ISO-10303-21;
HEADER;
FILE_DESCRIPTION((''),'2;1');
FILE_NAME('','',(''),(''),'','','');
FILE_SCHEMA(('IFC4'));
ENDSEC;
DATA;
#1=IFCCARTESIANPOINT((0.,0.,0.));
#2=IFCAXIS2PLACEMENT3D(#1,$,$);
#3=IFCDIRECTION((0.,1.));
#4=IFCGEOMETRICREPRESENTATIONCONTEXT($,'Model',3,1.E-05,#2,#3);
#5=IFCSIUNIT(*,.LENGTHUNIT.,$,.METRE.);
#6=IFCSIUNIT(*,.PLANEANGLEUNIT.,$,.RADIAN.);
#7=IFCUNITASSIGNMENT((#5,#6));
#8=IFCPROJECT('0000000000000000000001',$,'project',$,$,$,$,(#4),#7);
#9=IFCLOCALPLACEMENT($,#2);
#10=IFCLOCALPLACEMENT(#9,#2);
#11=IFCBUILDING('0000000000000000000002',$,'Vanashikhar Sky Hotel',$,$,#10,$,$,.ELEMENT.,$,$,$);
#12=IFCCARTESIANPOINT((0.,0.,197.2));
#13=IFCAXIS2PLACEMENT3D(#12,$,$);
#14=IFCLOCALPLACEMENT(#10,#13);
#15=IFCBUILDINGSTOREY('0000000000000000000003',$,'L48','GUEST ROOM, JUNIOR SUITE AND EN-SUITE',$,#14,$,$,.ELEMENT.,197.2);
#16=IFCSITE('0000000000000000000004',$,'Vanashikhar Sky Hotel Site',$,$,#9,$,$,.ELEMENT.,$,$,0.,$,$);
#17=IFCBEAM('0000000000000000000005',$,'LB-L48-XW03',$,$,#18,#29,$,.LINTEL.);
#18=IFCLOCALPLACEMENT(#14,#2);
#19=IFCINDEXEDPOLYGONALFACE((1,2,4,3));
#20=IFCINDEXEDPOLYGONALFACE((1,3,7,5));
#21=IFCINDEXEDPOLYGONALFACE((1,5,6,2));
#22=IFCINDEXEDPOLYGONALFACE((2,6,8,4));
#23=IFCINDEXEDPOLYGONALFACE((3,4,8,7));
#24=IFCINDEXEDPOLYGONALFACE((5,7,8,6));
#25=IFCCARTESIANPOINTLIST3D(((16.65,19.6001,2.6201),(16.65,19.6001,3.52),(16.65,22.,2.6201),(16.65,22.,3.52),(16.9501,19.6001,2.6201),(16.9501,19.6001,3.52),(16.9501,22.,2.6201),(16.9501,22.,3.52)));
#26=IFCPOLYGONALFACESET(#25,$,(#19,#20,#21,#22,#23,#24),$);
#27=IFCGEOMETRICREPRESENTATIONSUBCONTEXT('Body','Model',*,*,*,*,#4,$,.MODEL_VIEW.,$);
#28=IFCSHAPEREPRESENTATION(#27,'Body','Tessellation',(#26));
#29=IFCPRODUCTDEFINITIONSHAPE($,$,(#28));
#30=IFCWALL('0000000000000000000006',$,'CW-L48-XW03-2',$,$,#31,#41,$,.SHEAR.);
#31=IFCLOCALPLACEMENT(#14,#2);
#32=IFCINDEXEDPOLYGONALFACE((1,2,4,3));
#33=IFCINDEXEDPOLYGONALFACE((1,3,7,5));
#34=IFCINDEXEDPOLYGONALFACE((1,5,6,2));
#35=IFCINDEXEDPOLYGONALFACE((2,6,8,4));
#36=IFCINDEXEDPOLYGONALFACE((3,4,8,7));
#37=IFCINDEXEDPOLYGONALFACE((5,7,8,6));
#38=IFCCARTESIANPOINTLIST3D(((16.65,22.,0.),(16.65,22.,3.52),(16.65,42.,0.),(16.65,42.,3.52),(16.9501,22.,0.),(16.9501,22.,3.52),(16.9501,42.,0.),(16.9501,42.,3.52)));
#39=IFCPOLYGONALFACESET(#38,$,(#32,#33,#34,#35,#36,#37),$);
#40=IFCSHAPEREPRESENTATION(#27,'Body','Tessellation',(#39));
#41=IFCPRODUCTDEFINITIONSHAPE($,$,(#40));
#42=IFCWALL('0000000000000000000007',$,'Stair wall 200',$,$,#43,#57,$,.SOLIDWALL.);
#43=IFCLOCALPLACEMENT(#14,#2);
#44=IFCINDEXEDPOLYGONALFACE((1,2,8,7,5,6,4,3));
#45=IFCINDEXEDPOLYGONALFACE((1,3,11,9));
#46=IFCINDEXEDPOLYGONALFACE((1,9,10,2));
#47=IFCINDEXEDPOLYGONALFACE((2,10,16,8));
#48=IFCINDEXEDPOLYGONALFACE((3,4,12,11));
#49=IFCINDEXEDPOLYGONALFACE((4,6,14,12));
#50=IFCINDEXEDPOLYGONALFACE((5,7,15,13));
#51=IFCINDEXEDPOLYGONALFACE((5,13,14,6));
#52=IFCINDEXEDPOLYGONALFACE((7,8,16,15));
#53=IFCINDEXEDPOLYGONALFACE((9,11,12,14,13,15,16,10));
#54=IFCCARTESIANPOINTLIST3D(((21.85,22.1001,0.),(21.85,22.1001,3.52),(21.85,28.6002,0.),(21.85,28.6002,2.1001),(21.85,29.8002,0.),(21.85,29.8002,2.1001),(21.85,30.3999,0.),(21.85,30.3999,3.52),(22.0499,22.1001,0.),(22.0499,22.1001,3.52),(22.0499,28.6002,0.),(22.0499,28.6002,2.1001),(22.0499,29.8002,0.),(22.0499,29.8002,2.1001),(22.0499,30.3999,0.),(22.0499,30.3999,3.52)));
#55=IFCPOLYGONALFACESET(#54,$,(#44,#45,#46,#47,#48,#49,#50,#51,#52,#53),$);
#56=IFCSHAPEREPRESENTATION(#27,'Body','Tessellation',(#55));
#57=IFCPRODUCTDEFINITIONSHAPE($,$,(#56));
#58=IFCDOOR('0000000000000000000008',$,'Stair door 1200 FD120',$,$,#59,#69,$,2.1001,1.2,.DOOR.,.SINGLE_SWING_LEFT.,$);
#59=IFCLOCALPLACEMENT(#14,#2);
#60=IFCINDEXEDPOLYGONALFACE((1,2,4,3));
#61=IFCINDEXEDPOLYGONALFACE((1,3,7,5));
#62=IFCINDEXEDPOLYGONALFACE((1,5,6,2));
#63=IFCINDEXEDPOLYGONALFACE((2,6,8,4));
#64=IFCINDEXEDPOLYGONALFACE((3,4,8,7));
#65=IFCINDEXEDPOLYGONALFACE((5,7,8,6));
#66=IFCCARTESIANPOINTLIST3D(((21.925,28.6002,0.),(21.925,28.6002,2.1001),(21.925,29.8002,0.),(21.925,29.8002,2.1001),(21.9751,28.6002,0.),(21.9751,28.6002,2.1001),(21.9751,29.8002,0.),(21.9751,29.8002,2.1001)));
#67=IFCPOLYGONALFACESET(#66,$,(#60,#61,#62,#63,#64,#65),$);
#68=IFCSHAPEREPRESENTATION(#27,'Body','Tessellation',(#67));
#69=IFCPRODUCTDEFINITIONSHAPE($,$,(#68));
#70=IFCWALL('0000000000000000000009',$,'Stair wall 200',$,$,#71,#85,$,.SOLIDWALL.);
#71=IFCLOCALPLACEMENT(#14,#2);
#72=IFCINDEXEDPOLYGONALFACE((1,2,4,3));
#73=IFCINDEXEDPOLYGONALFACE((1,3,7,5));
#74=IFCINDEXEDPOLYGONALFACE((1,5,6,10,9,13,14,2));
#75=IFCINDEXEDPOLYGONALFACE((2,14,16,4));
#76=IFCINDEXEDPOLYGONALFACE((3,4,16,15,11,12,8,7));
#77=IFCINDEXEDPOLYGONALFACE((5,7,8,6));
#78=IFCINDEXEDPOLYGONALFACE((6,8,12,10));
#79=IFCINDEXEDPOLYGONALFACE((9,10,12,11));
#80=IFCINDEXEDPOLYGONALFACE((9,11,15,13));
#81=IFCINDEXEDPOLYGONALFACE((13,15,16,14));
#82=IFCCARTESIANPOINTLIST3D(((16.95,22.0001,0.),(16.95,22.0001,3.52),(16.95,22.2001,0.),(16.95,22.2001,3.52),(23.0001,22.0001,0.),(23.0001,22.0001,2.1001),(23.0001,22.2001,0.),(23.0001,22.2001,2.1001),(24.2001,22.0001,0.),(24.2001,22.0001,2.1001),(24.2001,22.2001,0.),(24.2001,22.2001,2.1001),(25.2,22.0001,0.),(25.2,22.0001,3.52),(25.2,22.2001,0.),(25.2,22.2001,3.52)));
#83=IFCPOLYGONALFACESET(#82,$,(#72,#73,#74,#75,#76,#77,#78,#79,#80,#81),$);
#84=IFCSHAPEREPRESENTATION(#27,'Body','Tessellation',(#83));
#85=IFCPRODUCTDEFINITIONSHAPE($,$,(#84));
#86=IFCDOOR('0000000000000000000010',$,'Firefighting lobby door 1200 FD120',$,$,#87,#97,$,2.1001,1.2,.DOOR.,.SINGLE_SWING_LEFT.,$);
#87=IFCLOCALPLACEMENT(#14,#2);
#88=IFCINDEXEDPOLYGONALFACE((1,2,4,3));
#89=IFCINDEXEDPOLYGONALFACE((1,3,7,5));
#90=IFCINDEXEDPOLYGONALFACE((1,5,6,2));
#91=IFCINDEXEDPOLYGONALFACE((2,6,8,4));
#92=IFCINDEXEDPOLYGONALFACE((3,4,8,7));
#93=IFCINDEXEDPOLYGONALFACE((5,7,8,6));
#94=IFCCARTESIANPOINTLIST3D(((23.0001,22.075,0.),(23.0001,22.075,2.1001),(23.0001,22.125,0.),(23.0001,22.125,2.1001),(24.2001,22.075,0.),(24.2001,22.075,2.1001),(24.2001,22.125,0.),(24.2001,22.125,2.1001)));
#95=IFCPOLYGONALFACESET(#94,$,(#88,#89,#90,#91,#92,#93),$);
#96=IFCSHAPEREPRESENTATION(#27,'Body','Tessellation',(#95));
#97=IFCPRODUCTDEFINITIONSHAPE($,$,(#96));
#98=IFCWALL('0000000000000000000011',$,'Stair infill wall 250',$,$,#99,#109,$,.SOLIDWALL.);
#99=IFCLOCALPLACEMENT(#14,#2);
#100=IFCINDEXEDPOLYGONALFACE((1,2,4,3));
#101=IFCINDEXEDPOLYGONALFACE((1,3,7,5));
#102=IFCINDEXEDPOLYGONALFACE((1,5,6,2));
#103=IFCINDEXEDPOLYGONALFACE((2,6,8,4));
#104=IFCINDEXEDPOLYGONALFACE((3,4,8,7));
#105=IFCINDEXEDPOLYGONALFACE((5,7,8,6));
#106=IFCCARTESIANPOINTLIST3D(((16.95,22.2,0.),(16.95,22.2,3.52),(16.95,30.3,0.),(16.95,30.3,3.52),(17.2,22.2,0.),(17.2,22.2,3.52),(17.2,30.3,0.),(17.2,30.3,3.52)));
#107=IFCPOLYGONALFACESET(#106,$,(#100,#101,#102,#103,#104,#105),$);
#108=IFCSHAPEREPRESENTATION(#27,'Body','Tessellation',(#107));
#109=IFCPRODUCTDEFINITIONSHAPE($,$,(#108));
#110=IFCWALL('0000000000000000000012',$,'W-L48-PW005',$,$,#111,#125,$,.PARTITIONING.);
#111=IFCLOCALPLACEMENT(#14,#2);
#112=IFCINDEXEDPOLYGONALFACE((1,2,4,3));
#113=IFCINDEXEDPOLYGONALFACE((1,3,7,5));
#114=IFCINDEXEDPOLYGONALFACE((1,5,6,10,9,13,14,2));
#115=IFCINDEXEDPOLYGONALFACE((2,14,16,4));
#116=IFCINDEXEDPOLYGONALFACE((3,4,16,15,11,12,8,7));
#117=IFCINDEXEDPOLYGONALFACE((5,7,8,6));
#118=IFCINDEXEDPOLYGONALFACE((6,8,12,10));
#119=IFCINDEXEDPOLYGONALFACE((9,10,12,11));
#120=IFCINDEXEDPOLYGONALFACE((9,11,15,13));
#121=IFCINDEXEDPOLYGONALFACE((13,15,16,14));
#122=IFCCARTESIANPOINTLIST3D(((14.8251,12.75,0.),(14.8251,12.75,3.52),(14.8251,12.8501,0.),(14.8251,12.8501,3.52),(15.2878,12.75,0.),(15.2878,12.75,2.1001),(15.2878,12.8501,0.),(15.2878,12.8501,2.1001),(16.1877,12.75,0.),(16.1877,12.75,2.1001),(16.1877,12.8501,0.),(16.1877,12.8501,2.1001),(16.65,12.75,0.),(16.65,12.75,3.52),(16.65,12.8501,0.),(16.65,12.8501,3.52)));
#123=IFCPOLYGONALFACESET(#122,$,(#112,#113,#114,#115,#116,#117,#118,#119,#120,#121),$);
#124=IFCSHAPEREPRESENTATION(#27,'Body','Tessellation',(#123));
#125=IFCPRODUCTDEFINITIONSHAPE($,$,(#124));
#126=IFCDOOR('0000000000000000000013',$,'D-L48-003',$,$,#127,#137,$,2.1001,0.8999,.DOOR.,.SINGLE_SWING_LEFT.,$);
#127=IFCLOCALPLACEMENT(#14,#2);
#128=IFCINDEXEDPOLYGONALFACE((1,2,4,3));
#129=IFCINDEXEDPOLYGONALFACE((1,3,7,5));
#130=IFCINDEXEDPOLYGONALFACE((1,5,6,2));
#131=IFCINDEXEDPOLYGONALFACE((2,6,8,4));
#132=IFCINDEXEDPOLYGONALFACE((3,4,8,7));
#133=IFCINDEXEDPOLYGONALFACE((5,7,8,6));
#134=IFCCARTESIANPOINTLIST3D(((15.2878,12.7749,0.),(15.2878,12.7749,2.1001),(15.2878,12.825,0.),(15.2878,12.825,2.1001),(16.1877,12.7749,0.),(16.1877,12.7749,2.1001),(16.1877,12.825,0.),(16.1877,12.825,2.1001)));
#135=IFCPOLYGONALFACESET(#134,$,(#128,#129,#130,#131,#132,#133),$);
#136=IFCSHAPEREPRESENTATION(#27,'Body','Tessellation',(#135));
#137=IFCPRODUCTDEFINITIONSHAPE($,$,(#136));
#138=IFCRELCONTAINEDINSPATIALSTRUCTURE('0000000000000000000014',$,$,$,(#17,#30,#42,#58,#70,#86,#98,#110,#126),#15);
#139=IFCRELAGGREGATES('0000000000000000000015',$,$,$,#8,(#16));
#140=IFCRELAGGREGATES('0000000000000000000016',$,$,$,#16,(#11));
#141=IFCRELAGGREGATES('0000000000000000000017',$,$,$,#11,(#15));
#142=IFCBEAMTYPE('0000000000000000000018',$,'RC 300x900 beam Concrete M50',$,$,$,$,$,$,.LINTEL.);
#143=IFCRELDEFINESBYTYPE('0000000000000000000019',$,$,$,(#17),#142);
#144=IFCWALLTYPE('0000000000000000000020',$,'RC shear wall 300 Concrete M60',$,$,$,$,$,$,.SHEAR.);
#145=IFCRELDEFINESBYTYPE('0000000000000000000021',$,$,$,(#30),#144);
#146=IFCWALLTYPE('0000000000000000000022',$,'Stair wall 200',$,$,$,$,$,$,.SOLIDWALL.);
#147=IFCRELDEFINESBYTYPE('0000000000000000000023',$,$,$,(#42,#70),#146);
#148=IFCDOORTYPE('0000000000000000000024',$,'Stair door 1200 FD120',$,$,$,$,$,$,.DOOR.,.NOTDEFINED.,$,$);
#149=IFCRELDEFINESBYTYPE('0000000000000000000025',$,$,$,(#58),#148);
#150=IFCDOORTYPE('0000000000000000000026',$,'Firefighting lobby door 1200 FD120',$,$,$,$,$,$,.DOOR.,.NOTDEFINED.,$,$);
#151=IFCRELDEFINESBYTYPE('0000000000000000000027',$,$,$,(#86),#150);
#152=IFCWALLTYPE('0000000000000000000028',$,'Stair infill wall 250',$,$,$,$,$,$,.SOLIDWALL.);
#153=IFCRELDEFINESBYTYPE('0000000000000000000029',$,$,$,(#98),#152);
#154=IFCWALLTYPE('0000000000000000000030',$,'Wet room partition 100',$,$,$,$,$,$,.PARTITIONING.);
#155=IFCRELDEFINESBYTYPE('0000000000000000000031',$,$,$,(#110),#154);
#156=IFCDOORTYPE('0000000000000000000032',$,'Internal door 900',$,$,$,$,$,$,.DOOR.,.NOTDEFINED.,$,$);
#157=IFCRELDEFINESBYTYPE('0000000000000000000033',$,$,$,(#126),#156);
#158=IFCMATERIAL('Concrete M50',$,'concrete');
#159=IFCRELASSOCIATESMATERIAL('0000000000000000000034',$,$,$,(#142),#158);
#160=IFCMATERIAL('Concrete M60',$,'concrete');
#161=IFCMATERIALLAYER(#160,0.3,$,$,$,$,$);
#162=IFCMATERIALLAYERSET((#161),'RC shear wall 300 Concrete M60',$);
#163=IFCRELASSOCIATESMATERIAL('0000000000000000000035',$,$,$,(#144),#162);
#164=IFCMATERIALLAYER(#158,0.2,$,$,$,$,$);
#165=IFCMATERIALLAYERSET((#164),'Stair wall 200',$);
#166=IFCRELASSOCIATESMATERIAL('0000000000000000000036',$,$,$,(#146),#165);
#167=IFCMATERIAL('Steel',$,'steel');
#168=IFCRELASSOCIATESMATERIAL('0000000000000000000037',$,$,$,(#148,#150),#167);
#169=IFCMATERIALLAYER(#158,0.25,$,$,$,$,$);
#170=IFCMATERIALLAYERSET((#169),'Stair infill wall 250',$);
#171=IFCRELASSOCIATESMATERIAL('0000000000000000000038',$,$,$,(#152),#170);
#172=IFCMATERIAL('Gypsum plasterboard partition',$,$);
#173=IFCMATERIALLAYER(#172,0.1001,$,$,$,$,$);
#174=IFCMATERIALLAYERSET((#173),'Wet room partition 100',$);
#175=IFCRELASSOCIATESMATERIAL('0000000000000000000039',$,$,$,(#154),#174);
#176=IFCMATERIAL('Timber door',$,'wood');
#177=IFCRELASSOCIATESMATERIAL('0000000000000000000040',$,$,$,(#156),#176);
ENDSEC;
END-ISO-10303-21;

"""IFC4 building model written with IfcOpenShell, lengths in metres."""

from ifc_helpers import new_model, si_unit, direction, frame, frame_2d, origin, origin_2d, place, context, subcontext, project, spatial, rectangle, extrude, source, transform, mapped, material, layer, layer_set, material_profile, profile_set, type_object, element, fill, save


model = new_model("IFC4")

# Units and contexts
model_context = context("Model", 3, precision=1e-05, world=origin(), true_north=direction((0.0, 1.0)))
body_context = subcontext(model_context, "Body", "Model", "MODEL_VIEW")
ifc_project = project(units=[si_unit("LENGTHUNIT", "METRE"), si_unit("PLANEANGLEUNIT", "RADIAN")], contexts=[model_context])

# Site, building, storey
site_placement = place(None, origin())
site = spatial("IfcSite", under=ifc_project, at=site_placement, Name="Vanashikhar Sky Hotel Site", CompositionType="ELEMENT", RefElevation=0.0)
building_placement = place(site_placement, origin())
building = spatial("IfcBuilding", under=site, at=building_placement, Name="Vanashikhar Sky Hotel", CompositionType="ELEMENT")
storey_placement = place(building_placement, frame((0.0, 0.0, 197.2)))
storey = spatial("IfcBuildingStorey", under=building, at=storey_placement, Name="L48", Description="GUEST ROOM, JUNIOR SUITE AND EN-SUITE", CompositionType="ELEMENT", Elevation=197.2)

# Beam
ifc_material_1 = material(Name="Concrete M50", Category="concrete")
ifc_material_profile = material_profile(ifc_material_1, rectangle(XDim=0.3, YDim=0.8999, at=origin_2d()))
ifc_profile_set = profile_set([ifc_material_profile], Name="RC 300x900 beam Concrete M50")
beam_type = type_object("IfcBeamType", Name="RC 300x900 beam Concrete M50", PredefinedType="LINTEL", material=ifc_profile_set)
shared_shape_1 = source(origin(), body_context, "Body", "SweptSolid", [
    extrude(rectangle(XDim=0.3, YDim=0.8999, at=origin_2d()), origin(), (0.0, 0.0, 1.0), 2.3999),
])
beam_placement = place(storey_placement, frame((16.8, 19.6001, 3.0701), z_axis=(0.0, 1.0, 0.0), x_axis=(-1.0, 0.0, 0.0)))
element("IfcBeam", 1, at=beam_placement, inside=storey, type_object=beam_type, Name="LB-L48-XW03", PredefinedType="LINTEL", context=body_context, shape_type="MappedRepresentation", body=[
    mapped(shared_shape_1, transform((0.0, 0.0, 0.0), scale=1.0)),
])

# Wall
ifc_material_2 = material(Name="Concrete M60", Category="concrete")
ifc_layer_1 = layer(ifc_material_2, 0.3)
ifc_layer_set_1 = layer_set([ifc_layer_1], Name="RC shear wall 300 Concrete M60")
wall_type_1 = type_object("IfcWallType", Name="RC shear wall 300 Concrete M60", PredefinedType="SHEAR", material=ifc_layer_set_1)
shared_shape_2 = source(origin(), body_context, "Body", "SweptSolid", [
    extrude(rectangle(XDim=20.0, YDim=0.3, at=frame_2d((10.0, 0.0))), origin(), (0.0, 0.0, 1.0), 3.52),
])
wall_1_placement = place(storey_placement, frame((16.8, 22.0, 0.0), z_axis=(0.0, 0.0, 1.0), x_axis=(0.0, 1.0, 0.0)))
element("IfcWall", 2, at=wall_1_placement, inside=storey, type_object=wall_type_1, Name="CW-L48-XW03-2", PredefinedType="SHEAR", context=body_context, shape_type="MappedRepresentation", body=[
    mapped(shared_shape_2, transform((0.0, 0.0, 0.0), scale=1.0)),
])

# Walls, openings, doors
ifc_layer_2 = layer(ifc_material_1, 0.2)
ifc_layer_set_2 = layer_set([ifc_layer_2], Name="Stair wall 200")
wall_type_2 = type_object("IfcWallType", Name="Stair wall 200", PredefinedType="SOLIDWALL", material=ifc_layer_set_2)
shared_shape_3 = source(origin(), body_context, "Body", "SweptSolid", [
    extrude(rectangle(XDim=8.2998, YDim=0.2, at=frame_2d((4.1499, 0.0))), origin(), (0.0, 0.0, 1.0), 3.52),
])
wall_2_placement = place(storey_placement, frame((21.95, 22.1001, 0.0), z_axis=(0.0, 0.0, 1.0), x_axis=(0.0, 1.0, 0.0)))
wall_2 = element("IfcWall", 3, at=wall_2_placement, inside=storey, type_object=wall_type_2, Name="Stair wall 200", PredefinedType="SOLIDWALL", context=body_context, shape_type="MappedRepresentation", body=[
    mapped(shared_shape_3, transform((0.0, 0.0, 0.0), scale=1.0)),
])
shared_shape_4 = source(origin(), body_context, "Body", "SweptSolid", [
    extrude(rectangle(XDim=1.2, YDim=2.1001, at=frame_2d((0.6001, 1.05))), frame((0.0, 0.1099, 0.0), z_axis=(0.0, -1.0, 0.0), x_axis=(1.0, 0.0, 0.0)), (0.0, 0.0, 1.0), 0.22),
])
opening_1_placement = place(wall_2_placement, frame((6.5, 0.0, 0.0)))
opening_1 = element("IfcOpeningElement", 4, at=opening_1_placement, cuts=wall_2, PredefinedType="OPENING", context=body_context, shape_type="MappedRepresentation", body=[
    mapped(shared_shape_4, transform((0.0, 0.0, 0.0), scale=1.0)),
])
ifc_material_3 = material(Name="Steel", Category="steel")
door_type_1 = type_object("IfcDoorType", Name="Stair door 1200 FD120", OperationType="NOTDEFINED", PredefinedType="DOOR", material=ifc_material_3)
shared_shape_5 = source(origin(), body_context, "Body", "SweptSolid", [
    extrude(rectangle(XDim=1.2, YDim=2.1001, at=frame_2d((0.6001, 1.05))), frame((0.0, 0.0249, 0.0), z_axis=(0.0, -1.0, 0.0), x_axis=(1.0, 0.0, 0.0)), (0.0, 0.0, 1.0), 0.05),
])
door_1_placement = place(opening_1_placement, origin())
door_1 = element("IfcDoor", 5, at=door_1_placement, inside=storey, type_object=door_type_1, Name="Stair door 1200 FD120", OperationType="SINGLE_SWING_LEFT", OverallHeight=2.1001, OverallWidth=1.2, PredefinedType="DOOR", context=body_context, shape_type="MappedRepresentation", body=[
    mapped(shared_shape_5, transform((0.0, 0.0, 0.0), scale=1.0)),
])
fill(opening_1, door_1)
shared_shape_6 = source(origin(), body_context, "Body", "SweptSolid", [
    extrude(rectangle(XDim=8.25, YDim=0.2, at=frame_2d((4.125, 0.0))), origin(), (0.0, 0.0, 1.0), 3.52),
])
wall_3_placement = place(storey_placement, frame((16.95, 22.1001, 0.0), z_axis=(0.0, 0.0, 1.0), x_axis=(1.0, 0.0, 0.0)))
wall_3 = element("IfcWall", 6, at=wall_3_placement, inside=storey, type_object=wall_type_2, Name="Stair wall 200", PredefinedType="SOLIDWALL", context=body_context, shape_type="MappedRepresentation", body=[
    mapped(shared_shape_6, transform((0.0, 0.0, 0.0), scale=1.0)),
])
opening_2_placement = place(wall_3_placement, frame((6.05, 0.0, 0.0)))
opening_2 = element("IfcOpeningElement", 7, at=opening_2_placement, cuts=wall_3, PredefinedType="OPENING", context=body_context, shape_type="MappedRepresentation", body=[
    mapped(shared_shape_4, transform((0.0, 0.0, 0.0), scale=1.0)),
])
door_type_2 = type_object("IfcDoorType", Name="Firefighting lobby door 1200 FD120", OperationType="NOTDEFINED", PredefinedType="DOOR", material=ifc_material_3)
door_2_placement = place(opening_2_placement, origin())
door_2 = element("IfcDoor", 8, at=door_2_placement, inside=storey, type_object=door_type_2, Name="Firefighting lobby door 1200 FD120", OperationType="SINGLE_SWING_LEFT", OverallHeight=2.1001, OverallWidth=1.2, PredefinedType="DOOR", context=body_context, shape_type="MappedRepresentation", body=[
    mapped(shared_shape_5, transform((0.0, 0.0, 0.0), scale=1.0)),
])
fill(opening_2, door_2)

# Wall
ifc_layer_3 = layer(ifc_material_1, 0.25)
ifc_layer_set_3 = layer_set([ifc_layer_3], Name="Stair infill wall 250")
wall_type_3 = type_object("IfcWallType", Name="Stair infill wall 250", PredefinedType="SOLIDWALL", material=ifc_layer_set_3)
shared_shape_7 = source(origin(), body_context, "Body", "SweptSolid", [
    extrude(rectangle(XDim=8.1001, YDim=0.25, at=frame_2d((4.05, 0.0))), origin(), (0.0, 0.0, 1.0), 3.52),
])
wall_4_placement = place(storey_placement, frame((17.075, 22.2, 0.0), z_axis=(0.0, 0.0, 1.0), x_axis=(0.0, 1.0, 0.0)))
element("IfcWall", 9, at=wall_4_placement, inside=storey, type_object=wall_type_3, Name="Stair infill wall 250", PredefinedType="SOLIDWALL", context=body_context, shape_type="MappedRepresentation", body=[
    mapped(shared_shape_7, transform((0.0, 0.0, 0.0), scale=1.0)),
])

# Wall, opening, door
ifc_material_4 = material(Name="Gypsum plasterboard partition")
ifc_layer_4 = layer(ifc_material_4, 0.1001)
ifc_layer_set_4 = layer_set([ifc_layer_4], Name="Wet room partition 100")
wall_type_4 = type_object("IfcWallType", Name="Wet room partition 100", PredefinedType="PARTITIONING", material=ifc_layer_set_4)
shared_shape_8 = source(origin(), body_context, "Body", "SweptSolid", [
    extrude(rectangle(XDim=1.825, YDim=0.1001, at=frame_2d((0.9126, 0.0))), origin(), (0.0, 0.0, 1.0), 3.52),
])
wall_5_placement = place(storey_placement, frame((14.825, 12.8, 0.0), z_axis=(0.0, 0.0, 1.0), x_axis=(1.0, 0.0, 0.0)))
wall_5 = element("IfcWall", 10, at=wall_5_placement, inside=storey, type_object=wall_type_4, Name="W-L48-PW005", PredefinedType="PARTITIONING", context=body_context, shape_type="MappedRepresentation", body=[
    mapped(shared_shape_8, transform((0.0, 0.0, 0.0), scale=1.0)),
])
shared_shape_9 = source(origin(), body_context, "Body", "SweptSolid", [
    extrude(rectangle(XDim=0.8999, YDim=2.1001, at=frame_2d((0.45, 1.05))), frame((0.0, 0.0601, 0.0), z_axis=(0.0, -1.0, 0.0), x_axis=(1.0, 0.0, 0.0)), (0.0, 0.0, 1.0), 0.1201),
])
opening_3_placement = place(wall_5_placement, frame((0.4629, 0.0, 0.0)))
opening_3 = element("IfcOpeningElement", 11, at=opening_3_placement, cuts=wall_5, PredefinedType="OPENING", context=body_context, shape_type="MappedRepresentation", body=[
    mapped(shared_shape_9, transform((0.0, 0.0, 0.0), scale=1.0)),
])
ifc_material_5 = material(Name="Timber door", Category="wood")
door_type_3 = type_object("IfcDoorType", Name="Internal door 900", OperationType="NOTDEFINED", PredefinedType="DOOR", material=ifc_material_5)
shared_shape_10 = source(origin(), body_context, "Body", "SweptSolid", [
    extrude(rectangle(XDim=0.8999, YDim=2.1001, at=frame_2d((0.45, 1.05))), frame((0.0, 0.0249, 0.0), z_axis=(0.0, -1.0, 0.0), x_axis=(1.0, 0.0, 0.0)), (0.0, 0.0, 1.0), 0.05),
])
door_3_placement = place(opening_3_placement, origin())
door_3 = element("IfcDoor", 12, at=door_3_placement, inside=storey, type_object=door_type_3, Name="D-L48-003", OperationType="SINGLE_SWING_LEFT", OverallHeight=2.1001, OverallWidth=0.8999, PredefinedType="DOOR", context=body_context, shape_type="MappedRepresentation", body=[
    mapped(shared_shape_10, transform((0.0, 0.0, 0.0), scale=1.0)),
])
fill(opening_3, door_3)

save(model, "model.ifc")
